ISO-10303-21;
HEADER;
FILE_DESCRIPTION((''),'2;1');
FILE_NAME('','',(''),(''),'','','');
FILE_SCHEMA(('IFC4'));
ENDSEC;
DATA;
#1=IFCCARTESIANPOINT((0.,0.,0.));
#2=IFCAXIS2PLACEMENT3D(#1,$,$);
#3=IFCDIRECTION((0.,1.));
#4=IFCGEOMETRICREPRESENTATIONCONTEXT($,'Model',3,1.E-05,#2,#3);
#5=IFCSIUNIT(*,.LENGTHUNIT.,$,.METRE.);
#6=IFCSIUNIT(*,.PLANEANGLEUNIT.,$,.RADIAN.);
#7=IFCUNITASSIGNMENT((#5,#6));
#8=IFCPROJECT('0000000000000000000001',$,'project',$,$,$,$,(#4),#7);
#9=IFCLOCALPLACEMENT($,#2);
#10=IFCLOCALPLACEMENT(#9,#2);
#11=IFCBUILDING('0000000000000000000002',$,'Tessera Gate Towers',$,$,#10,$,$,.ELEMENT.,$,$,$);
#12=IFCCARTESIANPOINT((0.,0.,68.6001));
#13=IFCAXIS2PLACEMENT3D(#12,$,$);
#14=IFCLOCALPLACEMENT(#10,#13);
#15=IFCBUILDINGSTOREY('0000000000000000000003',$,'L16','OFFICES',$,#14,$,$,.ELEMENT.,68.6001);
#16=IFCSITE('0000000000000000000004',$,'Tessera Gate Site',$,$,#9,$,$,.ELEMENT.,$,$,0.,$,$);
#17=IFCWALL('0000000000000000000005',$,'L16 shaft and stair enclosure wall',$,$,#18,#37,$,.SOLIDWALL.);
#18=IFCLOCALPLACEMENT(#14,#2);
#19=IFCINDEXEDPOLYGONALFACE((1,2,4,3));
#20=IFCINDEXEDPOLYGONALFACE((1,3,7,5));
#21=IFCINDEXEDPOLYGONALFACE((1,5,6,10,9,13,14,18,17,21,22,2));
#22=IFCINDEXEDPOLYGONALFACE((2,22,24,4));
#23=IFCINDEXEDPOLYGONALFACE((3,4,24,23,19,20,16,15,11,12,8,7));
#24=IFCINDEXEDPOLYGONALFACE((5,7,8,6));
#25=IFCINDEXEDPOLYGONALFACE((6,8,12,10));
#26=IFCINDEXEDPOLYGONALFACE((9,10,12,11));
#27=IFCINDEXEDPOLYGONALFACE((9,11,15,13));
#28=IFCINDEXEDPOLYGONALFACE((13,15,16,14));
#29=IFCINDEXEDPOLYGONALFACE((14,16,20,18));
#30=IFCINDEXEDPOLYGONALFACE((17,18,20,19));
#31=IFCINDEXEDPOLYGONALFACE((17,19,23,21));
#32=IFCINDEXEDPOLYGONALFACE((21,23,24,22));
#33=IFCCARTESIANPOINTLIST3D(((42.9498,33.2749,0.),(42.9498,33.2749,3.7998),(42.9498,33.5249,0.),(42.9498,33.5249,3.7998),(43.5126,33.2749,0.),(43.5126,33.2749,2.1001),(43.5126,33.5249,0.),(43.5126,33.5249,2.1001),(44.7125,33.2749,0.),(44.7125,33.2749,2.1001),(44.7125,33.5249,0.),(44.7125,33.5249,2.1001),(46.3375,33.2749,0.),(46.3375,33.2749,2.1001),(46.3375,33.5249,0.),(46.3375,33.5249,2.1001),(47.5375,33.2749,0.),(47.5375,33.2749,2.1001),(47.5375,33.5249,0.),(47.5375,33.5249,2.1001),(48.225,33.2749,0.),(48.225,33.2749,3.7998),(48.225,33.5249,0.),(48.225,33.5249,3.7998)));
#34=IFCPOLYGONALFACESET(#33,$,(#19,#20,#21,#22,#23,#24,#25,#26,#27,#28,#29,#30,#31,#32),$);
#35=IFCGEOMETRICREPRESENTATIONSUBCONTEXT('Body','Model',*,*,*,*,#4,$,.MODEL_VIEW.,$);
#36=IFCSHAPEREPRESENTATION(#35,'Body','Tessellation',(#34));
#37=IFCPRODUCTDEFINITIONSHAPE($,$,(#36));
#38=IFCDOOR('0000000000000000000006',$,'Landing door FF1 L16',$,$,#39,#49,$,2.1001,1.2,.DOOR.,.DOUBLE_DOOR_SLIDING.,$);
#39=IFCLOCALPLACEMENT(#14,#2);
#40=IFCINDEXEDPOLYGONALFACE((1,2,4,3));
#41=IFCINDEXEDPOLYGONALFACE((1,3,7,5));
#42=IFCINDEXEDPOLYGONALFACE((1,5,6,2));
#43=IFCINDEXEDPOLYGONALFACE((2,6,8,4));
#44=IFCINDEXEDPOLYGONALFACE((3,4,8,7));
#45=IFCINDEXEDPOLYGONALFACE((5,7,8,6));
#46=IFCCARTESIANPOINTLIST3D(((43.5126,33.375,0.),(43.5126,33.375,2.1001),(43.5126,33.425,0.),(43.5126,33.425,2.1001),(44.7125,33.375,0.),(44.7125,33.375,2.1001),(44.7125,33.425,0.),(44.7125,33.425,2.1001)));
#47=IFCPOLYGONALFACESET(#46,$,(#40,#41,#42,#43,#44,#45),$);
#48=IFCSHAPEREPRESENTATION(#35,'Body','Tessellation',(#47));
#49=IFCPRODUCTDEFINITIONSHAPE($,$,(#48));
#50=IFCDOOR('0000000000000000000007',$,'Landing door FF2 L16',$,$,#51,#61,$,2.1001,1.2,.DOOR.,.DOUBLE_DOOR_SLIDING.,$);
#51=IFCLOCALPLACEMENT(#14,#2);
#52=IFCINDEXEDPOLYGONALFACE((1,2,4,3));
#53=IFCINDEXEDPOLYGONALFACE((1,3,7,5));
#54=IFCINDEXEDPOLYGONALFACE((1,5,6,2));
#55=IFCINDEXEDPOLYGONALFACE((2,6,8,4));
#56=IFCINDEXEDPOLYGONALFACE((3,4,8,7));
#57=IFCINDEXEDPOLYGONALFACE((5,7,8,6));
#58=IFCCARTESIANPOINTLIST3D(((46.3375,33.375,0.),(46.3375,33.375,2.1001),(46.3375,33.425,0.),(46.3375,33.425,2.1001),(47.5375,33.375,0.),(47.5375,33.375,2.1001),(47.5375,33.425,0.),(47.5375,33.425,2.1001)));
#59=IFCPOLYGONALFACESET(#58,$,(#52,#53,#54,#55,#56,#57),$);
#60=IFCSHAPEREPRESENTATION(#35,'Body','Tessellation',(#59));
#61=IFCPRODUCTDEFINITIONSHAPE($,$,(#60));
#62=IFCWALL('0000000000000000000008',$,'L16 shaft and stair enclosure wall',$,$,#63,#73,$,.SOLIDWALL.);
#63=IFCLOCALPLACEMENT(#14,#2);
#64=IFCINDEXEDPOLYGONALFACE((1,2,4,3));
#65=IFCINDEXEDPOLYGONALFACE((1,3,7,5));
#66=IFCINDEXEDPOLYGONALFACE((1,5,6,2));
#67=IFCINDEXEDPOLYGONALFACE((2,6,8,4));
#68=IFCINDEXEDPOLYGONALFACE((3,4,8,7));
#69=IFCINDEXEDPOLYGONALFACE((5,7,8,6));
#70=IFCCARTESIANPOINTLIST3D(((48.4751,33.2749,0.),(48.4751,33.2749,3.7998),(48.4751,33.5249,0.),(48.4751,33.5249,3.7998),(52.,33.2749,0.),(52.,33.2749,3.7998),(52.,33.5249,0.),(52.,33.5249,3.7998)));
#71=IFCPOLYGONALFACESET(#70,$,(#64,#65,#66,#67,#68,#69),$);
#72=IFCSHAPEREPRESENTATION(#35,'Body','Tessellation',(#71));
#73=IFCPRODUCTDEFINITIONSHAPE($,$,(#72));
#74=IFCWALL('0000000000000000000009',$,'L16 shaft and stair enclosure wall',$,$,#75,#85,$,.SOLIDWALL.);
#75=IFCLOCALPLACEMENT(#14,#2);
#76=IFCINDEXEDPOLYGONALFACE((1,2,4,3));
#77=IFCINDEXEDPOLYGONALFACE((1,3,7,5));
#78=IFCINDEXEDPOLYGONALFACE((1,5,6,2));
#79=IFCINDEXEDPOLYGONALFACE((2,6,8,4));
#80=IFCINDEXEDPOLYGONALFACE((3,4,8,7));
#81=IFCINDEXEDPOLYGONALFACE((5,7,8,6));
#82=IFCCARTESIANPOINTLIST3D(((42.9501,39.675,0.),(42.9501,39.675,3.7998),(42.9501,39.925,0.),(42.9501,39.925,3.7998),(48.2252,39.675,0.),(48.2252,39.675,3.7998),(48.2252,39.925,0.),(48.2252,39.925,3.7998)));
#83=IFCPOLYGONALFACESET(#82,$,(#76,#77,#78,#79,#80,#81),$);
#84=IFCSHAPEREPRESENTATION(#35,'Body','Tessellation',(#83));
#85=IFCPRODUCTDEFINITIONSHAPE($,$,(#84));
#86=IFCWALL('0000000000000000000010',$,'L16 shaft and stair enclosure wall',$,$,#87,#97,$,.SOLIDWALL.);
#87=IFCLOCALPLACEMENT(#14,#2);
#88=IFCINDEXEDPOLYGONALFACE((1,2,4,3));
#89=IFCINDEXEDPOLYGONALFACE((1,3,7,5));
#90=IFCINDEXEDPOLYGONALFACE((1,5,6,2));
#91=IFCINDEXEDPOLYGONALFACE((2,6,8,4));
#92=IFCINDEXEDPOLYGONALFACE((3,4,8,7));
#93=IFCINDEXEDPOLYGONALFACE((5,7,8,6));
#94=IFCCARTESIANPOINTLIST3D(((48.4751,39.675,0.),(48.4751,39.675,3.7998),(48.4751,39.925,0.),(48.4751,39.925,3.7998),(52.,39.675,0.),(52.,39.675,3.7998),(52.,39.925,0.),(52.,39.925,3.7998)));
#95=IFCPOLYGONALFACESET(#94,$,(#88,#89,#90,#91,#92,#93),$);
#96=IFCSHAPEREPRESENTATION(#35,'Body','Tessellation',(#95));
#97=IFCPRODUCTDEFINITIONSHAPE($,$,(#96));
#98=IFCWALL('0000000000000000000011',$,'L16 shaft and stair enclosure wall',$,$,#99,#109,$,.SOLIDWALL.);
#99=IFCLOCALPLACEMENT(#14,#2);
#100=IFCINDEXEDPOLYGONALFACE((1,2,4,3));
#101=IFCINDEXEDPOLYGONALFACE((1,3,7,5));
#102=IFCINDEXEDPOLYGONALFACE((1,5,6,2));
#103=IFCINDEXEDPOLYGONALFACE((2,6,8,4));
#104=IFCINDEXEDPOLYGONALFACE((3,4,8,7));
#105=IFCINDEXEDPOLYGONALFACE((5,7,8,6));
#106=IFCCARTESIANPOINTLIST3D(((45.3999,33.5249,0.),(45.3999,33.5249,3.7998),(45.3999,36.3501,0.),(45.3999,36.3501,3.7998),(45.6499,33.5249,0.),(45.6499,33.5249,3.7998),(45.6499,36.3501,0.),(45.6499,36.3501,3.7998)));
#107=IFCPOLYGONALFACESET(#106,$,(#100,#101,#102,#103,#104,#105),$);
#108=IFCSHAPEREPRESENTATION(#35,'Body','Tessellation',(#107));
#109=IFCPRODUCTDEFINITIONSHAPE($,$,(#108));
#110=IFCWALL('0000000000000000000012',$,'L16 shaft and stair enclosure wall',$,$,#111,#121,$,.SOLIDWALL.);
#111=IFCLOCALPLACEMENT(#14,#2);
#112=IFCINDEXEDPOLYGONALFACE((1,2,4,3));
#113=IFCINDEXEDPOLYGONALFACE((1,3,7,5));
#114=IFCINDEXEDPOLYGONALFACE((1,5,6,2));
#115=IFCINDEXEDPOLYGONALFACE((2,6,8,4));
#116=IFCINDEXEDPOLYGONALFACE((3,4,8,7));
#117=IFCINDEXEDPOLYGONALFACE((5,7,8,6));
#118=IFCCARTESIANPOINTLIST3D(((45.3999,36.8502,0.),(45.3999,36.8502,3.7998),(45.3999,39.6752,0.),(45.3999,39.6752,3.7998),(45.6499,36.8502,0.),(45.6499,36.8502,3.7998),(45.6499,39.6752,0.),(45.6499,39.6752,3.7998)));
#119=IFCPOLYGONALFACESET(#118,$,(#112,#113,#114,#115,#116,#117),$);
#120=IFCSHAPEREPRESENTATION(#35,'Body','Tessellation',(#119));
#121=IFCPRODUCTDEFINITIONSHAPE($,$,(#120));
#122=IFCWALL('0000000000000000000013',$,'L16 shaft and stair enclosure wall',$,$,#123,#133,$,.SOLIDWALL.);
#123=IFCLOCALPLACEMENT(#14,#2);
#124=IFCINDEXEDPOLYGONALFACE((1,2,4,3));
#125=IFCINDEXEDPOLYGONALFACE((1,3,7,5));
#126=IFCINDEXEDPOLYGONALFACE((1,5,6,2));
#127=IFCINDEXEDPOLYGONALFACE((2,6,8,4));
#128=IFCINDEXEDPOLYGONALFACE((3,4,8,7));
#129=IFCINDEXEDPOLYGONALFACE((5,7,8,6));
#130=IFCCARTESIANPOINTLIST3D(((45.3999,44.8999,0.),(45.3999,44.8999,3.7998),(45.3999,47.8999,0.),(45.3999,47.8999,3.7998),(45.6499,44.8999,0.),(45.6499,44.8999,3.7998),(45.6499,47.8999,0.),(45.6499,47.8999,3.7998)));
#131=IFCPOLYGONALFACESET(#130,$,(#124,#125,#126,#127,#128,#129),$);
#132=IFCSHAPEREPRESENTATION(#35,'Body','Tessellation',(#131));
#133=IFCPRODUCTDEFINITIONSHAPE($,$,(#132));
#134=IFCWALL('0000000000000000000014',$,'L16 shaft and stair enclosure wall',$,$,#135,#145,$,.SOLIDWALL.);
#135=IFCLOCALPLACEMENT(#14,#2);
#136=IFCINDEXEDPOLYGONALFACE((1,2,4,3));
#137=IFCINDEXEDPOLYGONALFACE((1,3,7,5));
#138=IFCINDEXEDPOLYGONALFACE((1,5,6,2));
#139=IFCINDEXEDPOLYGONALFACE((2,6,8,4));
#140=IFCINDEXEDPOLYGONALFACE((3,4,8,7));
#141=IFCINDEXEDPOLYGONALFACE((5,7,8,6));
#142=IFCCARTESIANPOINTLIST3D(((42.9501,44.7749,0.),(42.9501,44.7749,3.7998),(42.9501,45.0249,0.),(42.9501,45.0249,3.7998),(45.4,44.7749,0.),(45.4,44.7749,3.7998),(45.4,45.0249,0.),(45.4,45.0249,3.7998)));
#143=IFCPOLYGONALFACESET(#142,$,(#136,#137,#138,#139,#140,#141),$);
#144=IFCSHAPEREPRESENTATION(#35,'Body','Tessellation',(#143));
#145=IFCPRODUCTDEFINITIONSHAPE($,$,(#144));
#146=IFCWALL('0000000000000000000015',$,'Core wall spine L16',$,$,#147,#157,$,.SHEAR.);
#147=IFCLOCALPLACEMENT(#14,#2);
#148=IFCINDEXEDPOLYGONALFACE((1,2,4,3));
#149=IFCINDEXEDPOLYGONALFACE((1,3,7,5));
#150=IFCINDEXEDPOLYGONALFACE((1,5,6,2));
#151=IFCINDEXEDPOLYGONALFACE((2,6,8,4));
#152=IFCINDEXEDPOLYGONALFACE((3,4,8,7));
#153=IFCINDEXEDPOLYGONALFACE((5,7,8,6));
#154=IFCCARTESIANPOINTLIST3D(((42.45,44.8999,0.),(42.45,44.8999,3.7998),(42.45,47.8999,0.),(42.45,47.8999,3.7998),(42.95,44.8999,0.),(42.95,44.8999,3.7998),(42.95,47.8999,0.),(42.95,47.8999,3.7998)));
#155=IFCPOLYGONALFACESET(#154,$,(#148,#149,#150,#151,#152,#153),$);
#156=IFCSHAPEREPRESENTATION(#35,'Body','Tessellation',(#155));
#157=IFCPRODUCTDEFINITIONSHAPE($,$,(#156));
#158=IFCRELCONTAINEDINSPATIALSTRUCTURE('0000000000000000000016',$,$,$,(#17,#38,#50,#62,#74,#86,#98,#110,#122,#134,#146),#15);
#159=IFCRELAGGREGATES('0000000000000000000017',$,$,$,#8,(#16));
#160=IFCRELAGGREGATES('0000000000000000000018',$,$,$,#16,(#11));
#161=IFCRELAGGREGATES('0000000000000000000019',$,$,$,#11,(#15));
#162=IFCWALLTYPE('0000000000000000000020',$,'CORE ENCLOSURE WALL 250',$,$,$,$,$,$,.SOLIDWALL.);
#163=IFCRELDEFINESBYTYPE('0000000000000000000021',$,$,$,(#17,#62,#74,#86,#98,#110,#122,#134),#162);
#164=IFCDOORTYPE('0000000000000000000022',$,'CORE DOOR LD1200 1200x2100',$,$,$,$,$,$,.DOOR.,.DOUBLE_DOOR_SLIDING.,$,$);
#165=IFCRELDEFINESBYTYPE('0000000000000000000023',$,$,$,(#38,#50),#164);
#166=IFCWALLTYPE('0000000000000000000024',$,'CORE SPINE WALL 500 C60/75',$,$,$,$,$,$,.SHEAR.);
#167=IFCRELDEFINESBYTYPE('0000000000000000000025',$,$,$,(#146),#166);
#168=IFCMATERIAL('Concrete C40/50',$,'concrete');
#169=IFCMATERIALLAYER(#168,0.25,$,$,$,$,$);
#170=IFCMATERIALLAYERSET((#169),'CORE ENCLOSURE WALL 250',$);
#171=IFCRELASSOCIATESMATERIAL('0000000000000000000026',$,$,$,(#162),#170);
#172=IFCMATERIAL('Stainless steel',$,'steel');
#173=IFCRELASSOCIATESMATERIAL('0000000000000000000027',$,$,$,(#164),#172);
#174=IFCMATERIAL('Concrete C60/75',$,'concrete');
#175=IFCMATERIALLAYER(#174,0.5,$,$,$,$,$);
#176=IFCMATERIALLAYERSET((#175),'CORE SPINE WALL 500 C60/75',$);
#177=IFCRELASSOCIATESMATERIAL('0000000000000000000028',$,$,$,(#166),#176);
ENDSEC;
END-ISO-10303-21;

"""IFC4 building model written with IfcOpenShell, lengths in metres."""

from ifc_helpers import new_model, si_unit, direction, frame, frame_2d, origin, place, context, subcontext, project, spatial, rectangle, extrude, source, transform, mapped, material, layer, layer_set, type_object, element, fill, save


model = new_model("IFC4")

# Units and contexts
model_context = context("Model", 3, precision=1e-05, world=origin(), true_north=direction((0.0, 1.0)))
body_context = subcontext(model_context, "Body", "Model", "MODEL_VIEW")
ifc_project = project(units=[si_unit("LENGTHUNIT", "METRE"), si_unit("PLANEANGLEUNIT", "RADIAN")], contexts=[model_context])

# Site, building, storey
site_placement = place(None, origin())
site = spatial("IfcSite", under=ifc_project, at=site_placement, Name="Tessera Gate Site", CompositionType="ELEMENT", RefElevation=0.0)
building_placement = place(site_placement, origin())
building = spatial("IfcBuilding", under=site, at=building_placement, Name="Tessera Gate Towers", CompositionType="ELEMENT")
storey_placement = place(building_placement, frame((0.0, 0.0, 68.6001)))
storey = spatial("IfcBuildingStorey", under=building, at=storey_placement, Name="L16", Description="OFFICES", CompositionType="ELEMENT", Elevation=68.6001)

# Shared definitions
ifc_material_1 = material(Name="Concrete C40/50", Category="concrete")
ifc_layer_1 = layer(ifc_material_1, 0.25)
ifc_layer_set_1 = layer_set([ifc_layer_1], Name="CORE ENCLOSURE WALL 250")
wall_type_1 = type_object("IfcWallType", Name="CORE ENCLOSURE WALL 250", PredefinedType="SOLIDWALL", material=ifc_layer_set_1)
shared_shape_1 = source(origin(), body_context, "Body", "SweptSolid", [
    extrude(rectangle(XDim=1.2, YDim=2.1001, at=frame_2d((0.6001, 1.05))), frame((0.0, 0.135, 0.0), z_axis=(0.0, -1.0, 0.0), x_axis=(1.0, 0.0, 0.0)), (0.0, 0.0, 1.0), 0.27),
])
shared_shape_2 = source(origin(), body_context, "Body", "SweptSolid", [
    extrude(rectangle(XDim=1.2, YDim=2.1001, at=frame_2d((0.6001, 1.05))), frame((0.0, 0.0249, 0.0), z_axis=(0.0, -1.0, 0.0), x_axis=(1.0, 0.0, 0.0)), (0.0, 0.0, 1.0), 0.05),
])

# Wall, openings, doors
wall_1_placement = place(storey_placement, frame((48.2251, 33.3999, 0.0), z_axis=(0.0, 0.0, 1.0), x_axis=(-1.0, 0.0, 0.0)))
wall_1 = element("IfcWall", 1, at=wall_1_placement, inside=storey, type_object=wall_type_1, Name="L16 shaft and stair enclosure wall", PredefinedType="SOLIDWALL", context=body_context, shape_type="SweptSolid", body=[
    extrude(rectangle(XDim=5.2751, YDim=0.25, at=frame_2d((2.6377, 0.0))), origin(), (0.0, 0.0, 1.0), 3.7998),
])
opening_1_placement = place(wall_1_placement, frame((3.5125, 0.0, 0.0)))
opening_1 = element("IfcOpeningElement", 2, at=opening_1_placement, cuts=wall_1, PredefinedType="OPENING", context=body_context, shape_type="MappedRepresentation", body=[
    mapped(shared_shape_1, transform((0.0, 0.0, 0.0), scale=1.0)),
])
opening_2_placement = place(wall_1_placement, frame((0.6875, 0.0, 0.0)))
opening_2 = element("IfcOpeningElement", 3, at=opening_2_placement, cuts=wall_1, PredefinedType="OPENING", context=body_context, shape_type="MappedRepresentation", body=[
    mapped(shared_shape_1, transform((0.0, 0.0, 0.0), scale=1.0)),
])
ifc_material_2 = material(Name="Stainless steel", Category="steel")
door_type_1 = type_object("IfcDoorType", Name="CORE DOOR LD1200 1200x2100", OperationType="DOUBLE_DOOR_SLIDING", PredefinedType="DOOR", material=ifc_material_2)
door_1_placement = place(opening_1_placement, origin())
door_1 = element("IfcDoor", 4, at=door_1_placement, inside=storey, type_object=door_type_1, Name="Landing door FF1 L16", OperationType="DOUBLE_DOOR_SLIDING", OverallHeight=2.1001, OverallWidth=1.2, PredefinedType="DOOR", context=body_context, shape_type="MappedRepresentation", body=[
    mapped(shared_shape_2, transform((0.0, 0.0, 0.0), scale=1.0)),
])
fill(opening_1, door_1)
door_2_placement = place(opening_2_placement, origin())
door_2 = element("IfcDoor", 5, at=door_2_placement, inside=storey, type_object=door_type_1, Name="Landing door FF2 L16", OperationType="DOUBLE_DOOR_SLIDING", OverallHeight=2.1001, OverallWidth=1.2, PredefinedType="DOOR", context=body_context, shape_type="MappedRepresentation", body=[
    mapped(shared_shape_2, transform((0.0, 0.0, 0.0), scale=1.0)),
])
fill(opening_2, door_2)

# Walls
wall_2_placement = place(storey_placement, frame((48.4751, 33.3999, 0.0), z_axis=(0.0, 0.0, 1.0), x_axis=(1.0, 0.0, 0.0)))
element("IfcWall", 6, at=wall_2_placement, inside=storey, type_object=wall_type_1, Name="L16 shaft and stair enclosure wall", PredefinedType="SOLIDWALL", context=body_context, shape_type="SweptSolid", body=[
    extrude(rectangle(XDim=3.5249, YDim=0.25, at=frame_2d((1.7625, 0.0))), origin(), (0.0, 0.0, 1.0), 3.7998),
])
wall_3_placement = place(storey_placement, frame((42.95, 39.8, 0.0), z_axis=(0.0, 0.0, 1.0), x_axis=(1.0, 0.0, 0.0)))
element("IfcWall", 7, at=wall_3_placement, inside=storey, type_object=wall_type_1, Name="L16 shaft and stair enclosure wall", PredefinedType="SOLIDWALL", context=body_context, shape_type="SweptSolid", body=[
    extrude(rectangle(XDim=5.2751, YDim=0.25, at=frame_2d((2.6377, 0.0))), origin(), (0.0, 0.0, 1.0), 3.7998),
])
wall_4_placement = place(storey_placement, frame((48.4751, 39.8, 0.0), z_axis=(0.0, 0.0, 1.0), x_axis=(1.0, 0.0, 0.0)))
element("IfcWall", 8, at=wall_4_placement, inside=storey, type_object=wall_type_1, Name="L16 shaft and stair enclosure wall", PredefinedType="SOLIDWALL", context=body_context, shape_type="SweptSolid", body=[
    extrude(rectangle(XDim=3.5249, YDim=0.25, at=frame_2d((1.7625, 0.0))), origin(), (0.0, 0.0, 1.0), 3.7998),
])
wall_5_placement = place(storey_placement, frame((45.5249, 33.5249, 0.0), z_axis=(0.0, 0.0, 1.0), x_axis=(0.0, 1.0, 0.0)))
element("IfcWall", 9, at=wall_5_placement, inside=storey, type_object=wall_type_1, Name="L16 shaft and stair enclosure wall", PredefinedType="SOLIDWALL", context=body_context, shape_type="SweptSolid", body=[
    extrude(rectangle(XDim=2.8252, YDim=0.25, at=frame_2d((1.4126, 0.0))), origin(), (0.0, 0.0, 1.0), 3.7998),
])
wall_6_placement = place(storey_placement, frame((45.5249, 36.8501, 0.0), z_axis=(0.0, 0.0, 1.0), x_axis=(0.0, 1.0, 0.0)))
element("IfcWall", 10, at=wall_6_placement, inside=storey, type_object=wall_type_1, Name="L16 shaft and stair enclosure wall", PredefinedType="SOLIDWALL", context=body_context, shape_type="SweptSolid", body=[
    extrude(rectangle(XDim=2.825, YDim=0.25, at=frame_2d((1.4126, 0.0))), origin(), (0.0, 0.0, 1.0), 3.7998),
])
wall_7_placement = place(storey_placement, frame((45.5249, 44.8999, 0.0), z_axis=(0.0, 0.0, 1.0), x_axis=(0.0, 1.0, 0.0)))
element("IfcWall", 11, at=wall_7_placement, inside=storey, type_object=wall_type_1, Name="L16 shaft and stair enclosure wall", PredefinedType="SOLIDWALL", context=body_context, shape_type="SweptSolid", body=[
    extrude(rectangle(XDim=3.0, YDim=0.25, at=frame_2d((1.5, 0.0))), origin(), (0.0, 0.0, 1.0), 3.7998),
])
wall_8_placement = place(storey_placement, frame((42.95, 44.8999, 0.0), z_axis=(0.0, 0.0, 1.0), x_axis=(1.0, 0.0, 0.0)))
element("IfcWall", 12, at=wall_8_placement, inside=storey, type_object=wall_type_1, Name="L16 shaft and stair enclosure wall", PredefinedType="SOLIDWALL", context=body_context, shape_type="SweptSolid", body=[
    extrude(rectangle(XDim=2.45, YDim=0.25, at=frame_2d((1.2251, 0.0))), origin(), (0.0, 0.0, 1.0), 3.7998),
])
ifc_material_3 = material(Name="Concrete C60/75", Category="concrete")
ifc_layer_2 = layer(ifc_material_3, 0.5)
ifc_layer_set_2 = layer_set([ifc_layer_2], Name="CORE SPINE WALL 500 C60/75")
wall_type_2 = type_object("IfcWallType", Name="CORE SPINE WALL 500 C60/75", PredefinedType="SHEAR", material=ifc_layer_set_2)
wall_9_placement = place(storey_placement, frame((42.7, 44.8999, 0.0), z_axis=(0.0, 0.0, 1.0), x_axis=(0.0, 1.0, 0.0)))
element("IfcWall", 13, at=wall_9_placement, inside=storey, type_object=wall_type_2, Name="Core wall spine L16", PredefinedType="SHEAR", context=body_context, shape_type="SweptSolid", body=[
    extrude(rectangle(XDim=3.0, YDim=0.5, at=frame_2d((1.5, 0.0))), origin(), (0.0, 0.0, 1.0), 3.7998),
])

save(model, "model.ifc")
